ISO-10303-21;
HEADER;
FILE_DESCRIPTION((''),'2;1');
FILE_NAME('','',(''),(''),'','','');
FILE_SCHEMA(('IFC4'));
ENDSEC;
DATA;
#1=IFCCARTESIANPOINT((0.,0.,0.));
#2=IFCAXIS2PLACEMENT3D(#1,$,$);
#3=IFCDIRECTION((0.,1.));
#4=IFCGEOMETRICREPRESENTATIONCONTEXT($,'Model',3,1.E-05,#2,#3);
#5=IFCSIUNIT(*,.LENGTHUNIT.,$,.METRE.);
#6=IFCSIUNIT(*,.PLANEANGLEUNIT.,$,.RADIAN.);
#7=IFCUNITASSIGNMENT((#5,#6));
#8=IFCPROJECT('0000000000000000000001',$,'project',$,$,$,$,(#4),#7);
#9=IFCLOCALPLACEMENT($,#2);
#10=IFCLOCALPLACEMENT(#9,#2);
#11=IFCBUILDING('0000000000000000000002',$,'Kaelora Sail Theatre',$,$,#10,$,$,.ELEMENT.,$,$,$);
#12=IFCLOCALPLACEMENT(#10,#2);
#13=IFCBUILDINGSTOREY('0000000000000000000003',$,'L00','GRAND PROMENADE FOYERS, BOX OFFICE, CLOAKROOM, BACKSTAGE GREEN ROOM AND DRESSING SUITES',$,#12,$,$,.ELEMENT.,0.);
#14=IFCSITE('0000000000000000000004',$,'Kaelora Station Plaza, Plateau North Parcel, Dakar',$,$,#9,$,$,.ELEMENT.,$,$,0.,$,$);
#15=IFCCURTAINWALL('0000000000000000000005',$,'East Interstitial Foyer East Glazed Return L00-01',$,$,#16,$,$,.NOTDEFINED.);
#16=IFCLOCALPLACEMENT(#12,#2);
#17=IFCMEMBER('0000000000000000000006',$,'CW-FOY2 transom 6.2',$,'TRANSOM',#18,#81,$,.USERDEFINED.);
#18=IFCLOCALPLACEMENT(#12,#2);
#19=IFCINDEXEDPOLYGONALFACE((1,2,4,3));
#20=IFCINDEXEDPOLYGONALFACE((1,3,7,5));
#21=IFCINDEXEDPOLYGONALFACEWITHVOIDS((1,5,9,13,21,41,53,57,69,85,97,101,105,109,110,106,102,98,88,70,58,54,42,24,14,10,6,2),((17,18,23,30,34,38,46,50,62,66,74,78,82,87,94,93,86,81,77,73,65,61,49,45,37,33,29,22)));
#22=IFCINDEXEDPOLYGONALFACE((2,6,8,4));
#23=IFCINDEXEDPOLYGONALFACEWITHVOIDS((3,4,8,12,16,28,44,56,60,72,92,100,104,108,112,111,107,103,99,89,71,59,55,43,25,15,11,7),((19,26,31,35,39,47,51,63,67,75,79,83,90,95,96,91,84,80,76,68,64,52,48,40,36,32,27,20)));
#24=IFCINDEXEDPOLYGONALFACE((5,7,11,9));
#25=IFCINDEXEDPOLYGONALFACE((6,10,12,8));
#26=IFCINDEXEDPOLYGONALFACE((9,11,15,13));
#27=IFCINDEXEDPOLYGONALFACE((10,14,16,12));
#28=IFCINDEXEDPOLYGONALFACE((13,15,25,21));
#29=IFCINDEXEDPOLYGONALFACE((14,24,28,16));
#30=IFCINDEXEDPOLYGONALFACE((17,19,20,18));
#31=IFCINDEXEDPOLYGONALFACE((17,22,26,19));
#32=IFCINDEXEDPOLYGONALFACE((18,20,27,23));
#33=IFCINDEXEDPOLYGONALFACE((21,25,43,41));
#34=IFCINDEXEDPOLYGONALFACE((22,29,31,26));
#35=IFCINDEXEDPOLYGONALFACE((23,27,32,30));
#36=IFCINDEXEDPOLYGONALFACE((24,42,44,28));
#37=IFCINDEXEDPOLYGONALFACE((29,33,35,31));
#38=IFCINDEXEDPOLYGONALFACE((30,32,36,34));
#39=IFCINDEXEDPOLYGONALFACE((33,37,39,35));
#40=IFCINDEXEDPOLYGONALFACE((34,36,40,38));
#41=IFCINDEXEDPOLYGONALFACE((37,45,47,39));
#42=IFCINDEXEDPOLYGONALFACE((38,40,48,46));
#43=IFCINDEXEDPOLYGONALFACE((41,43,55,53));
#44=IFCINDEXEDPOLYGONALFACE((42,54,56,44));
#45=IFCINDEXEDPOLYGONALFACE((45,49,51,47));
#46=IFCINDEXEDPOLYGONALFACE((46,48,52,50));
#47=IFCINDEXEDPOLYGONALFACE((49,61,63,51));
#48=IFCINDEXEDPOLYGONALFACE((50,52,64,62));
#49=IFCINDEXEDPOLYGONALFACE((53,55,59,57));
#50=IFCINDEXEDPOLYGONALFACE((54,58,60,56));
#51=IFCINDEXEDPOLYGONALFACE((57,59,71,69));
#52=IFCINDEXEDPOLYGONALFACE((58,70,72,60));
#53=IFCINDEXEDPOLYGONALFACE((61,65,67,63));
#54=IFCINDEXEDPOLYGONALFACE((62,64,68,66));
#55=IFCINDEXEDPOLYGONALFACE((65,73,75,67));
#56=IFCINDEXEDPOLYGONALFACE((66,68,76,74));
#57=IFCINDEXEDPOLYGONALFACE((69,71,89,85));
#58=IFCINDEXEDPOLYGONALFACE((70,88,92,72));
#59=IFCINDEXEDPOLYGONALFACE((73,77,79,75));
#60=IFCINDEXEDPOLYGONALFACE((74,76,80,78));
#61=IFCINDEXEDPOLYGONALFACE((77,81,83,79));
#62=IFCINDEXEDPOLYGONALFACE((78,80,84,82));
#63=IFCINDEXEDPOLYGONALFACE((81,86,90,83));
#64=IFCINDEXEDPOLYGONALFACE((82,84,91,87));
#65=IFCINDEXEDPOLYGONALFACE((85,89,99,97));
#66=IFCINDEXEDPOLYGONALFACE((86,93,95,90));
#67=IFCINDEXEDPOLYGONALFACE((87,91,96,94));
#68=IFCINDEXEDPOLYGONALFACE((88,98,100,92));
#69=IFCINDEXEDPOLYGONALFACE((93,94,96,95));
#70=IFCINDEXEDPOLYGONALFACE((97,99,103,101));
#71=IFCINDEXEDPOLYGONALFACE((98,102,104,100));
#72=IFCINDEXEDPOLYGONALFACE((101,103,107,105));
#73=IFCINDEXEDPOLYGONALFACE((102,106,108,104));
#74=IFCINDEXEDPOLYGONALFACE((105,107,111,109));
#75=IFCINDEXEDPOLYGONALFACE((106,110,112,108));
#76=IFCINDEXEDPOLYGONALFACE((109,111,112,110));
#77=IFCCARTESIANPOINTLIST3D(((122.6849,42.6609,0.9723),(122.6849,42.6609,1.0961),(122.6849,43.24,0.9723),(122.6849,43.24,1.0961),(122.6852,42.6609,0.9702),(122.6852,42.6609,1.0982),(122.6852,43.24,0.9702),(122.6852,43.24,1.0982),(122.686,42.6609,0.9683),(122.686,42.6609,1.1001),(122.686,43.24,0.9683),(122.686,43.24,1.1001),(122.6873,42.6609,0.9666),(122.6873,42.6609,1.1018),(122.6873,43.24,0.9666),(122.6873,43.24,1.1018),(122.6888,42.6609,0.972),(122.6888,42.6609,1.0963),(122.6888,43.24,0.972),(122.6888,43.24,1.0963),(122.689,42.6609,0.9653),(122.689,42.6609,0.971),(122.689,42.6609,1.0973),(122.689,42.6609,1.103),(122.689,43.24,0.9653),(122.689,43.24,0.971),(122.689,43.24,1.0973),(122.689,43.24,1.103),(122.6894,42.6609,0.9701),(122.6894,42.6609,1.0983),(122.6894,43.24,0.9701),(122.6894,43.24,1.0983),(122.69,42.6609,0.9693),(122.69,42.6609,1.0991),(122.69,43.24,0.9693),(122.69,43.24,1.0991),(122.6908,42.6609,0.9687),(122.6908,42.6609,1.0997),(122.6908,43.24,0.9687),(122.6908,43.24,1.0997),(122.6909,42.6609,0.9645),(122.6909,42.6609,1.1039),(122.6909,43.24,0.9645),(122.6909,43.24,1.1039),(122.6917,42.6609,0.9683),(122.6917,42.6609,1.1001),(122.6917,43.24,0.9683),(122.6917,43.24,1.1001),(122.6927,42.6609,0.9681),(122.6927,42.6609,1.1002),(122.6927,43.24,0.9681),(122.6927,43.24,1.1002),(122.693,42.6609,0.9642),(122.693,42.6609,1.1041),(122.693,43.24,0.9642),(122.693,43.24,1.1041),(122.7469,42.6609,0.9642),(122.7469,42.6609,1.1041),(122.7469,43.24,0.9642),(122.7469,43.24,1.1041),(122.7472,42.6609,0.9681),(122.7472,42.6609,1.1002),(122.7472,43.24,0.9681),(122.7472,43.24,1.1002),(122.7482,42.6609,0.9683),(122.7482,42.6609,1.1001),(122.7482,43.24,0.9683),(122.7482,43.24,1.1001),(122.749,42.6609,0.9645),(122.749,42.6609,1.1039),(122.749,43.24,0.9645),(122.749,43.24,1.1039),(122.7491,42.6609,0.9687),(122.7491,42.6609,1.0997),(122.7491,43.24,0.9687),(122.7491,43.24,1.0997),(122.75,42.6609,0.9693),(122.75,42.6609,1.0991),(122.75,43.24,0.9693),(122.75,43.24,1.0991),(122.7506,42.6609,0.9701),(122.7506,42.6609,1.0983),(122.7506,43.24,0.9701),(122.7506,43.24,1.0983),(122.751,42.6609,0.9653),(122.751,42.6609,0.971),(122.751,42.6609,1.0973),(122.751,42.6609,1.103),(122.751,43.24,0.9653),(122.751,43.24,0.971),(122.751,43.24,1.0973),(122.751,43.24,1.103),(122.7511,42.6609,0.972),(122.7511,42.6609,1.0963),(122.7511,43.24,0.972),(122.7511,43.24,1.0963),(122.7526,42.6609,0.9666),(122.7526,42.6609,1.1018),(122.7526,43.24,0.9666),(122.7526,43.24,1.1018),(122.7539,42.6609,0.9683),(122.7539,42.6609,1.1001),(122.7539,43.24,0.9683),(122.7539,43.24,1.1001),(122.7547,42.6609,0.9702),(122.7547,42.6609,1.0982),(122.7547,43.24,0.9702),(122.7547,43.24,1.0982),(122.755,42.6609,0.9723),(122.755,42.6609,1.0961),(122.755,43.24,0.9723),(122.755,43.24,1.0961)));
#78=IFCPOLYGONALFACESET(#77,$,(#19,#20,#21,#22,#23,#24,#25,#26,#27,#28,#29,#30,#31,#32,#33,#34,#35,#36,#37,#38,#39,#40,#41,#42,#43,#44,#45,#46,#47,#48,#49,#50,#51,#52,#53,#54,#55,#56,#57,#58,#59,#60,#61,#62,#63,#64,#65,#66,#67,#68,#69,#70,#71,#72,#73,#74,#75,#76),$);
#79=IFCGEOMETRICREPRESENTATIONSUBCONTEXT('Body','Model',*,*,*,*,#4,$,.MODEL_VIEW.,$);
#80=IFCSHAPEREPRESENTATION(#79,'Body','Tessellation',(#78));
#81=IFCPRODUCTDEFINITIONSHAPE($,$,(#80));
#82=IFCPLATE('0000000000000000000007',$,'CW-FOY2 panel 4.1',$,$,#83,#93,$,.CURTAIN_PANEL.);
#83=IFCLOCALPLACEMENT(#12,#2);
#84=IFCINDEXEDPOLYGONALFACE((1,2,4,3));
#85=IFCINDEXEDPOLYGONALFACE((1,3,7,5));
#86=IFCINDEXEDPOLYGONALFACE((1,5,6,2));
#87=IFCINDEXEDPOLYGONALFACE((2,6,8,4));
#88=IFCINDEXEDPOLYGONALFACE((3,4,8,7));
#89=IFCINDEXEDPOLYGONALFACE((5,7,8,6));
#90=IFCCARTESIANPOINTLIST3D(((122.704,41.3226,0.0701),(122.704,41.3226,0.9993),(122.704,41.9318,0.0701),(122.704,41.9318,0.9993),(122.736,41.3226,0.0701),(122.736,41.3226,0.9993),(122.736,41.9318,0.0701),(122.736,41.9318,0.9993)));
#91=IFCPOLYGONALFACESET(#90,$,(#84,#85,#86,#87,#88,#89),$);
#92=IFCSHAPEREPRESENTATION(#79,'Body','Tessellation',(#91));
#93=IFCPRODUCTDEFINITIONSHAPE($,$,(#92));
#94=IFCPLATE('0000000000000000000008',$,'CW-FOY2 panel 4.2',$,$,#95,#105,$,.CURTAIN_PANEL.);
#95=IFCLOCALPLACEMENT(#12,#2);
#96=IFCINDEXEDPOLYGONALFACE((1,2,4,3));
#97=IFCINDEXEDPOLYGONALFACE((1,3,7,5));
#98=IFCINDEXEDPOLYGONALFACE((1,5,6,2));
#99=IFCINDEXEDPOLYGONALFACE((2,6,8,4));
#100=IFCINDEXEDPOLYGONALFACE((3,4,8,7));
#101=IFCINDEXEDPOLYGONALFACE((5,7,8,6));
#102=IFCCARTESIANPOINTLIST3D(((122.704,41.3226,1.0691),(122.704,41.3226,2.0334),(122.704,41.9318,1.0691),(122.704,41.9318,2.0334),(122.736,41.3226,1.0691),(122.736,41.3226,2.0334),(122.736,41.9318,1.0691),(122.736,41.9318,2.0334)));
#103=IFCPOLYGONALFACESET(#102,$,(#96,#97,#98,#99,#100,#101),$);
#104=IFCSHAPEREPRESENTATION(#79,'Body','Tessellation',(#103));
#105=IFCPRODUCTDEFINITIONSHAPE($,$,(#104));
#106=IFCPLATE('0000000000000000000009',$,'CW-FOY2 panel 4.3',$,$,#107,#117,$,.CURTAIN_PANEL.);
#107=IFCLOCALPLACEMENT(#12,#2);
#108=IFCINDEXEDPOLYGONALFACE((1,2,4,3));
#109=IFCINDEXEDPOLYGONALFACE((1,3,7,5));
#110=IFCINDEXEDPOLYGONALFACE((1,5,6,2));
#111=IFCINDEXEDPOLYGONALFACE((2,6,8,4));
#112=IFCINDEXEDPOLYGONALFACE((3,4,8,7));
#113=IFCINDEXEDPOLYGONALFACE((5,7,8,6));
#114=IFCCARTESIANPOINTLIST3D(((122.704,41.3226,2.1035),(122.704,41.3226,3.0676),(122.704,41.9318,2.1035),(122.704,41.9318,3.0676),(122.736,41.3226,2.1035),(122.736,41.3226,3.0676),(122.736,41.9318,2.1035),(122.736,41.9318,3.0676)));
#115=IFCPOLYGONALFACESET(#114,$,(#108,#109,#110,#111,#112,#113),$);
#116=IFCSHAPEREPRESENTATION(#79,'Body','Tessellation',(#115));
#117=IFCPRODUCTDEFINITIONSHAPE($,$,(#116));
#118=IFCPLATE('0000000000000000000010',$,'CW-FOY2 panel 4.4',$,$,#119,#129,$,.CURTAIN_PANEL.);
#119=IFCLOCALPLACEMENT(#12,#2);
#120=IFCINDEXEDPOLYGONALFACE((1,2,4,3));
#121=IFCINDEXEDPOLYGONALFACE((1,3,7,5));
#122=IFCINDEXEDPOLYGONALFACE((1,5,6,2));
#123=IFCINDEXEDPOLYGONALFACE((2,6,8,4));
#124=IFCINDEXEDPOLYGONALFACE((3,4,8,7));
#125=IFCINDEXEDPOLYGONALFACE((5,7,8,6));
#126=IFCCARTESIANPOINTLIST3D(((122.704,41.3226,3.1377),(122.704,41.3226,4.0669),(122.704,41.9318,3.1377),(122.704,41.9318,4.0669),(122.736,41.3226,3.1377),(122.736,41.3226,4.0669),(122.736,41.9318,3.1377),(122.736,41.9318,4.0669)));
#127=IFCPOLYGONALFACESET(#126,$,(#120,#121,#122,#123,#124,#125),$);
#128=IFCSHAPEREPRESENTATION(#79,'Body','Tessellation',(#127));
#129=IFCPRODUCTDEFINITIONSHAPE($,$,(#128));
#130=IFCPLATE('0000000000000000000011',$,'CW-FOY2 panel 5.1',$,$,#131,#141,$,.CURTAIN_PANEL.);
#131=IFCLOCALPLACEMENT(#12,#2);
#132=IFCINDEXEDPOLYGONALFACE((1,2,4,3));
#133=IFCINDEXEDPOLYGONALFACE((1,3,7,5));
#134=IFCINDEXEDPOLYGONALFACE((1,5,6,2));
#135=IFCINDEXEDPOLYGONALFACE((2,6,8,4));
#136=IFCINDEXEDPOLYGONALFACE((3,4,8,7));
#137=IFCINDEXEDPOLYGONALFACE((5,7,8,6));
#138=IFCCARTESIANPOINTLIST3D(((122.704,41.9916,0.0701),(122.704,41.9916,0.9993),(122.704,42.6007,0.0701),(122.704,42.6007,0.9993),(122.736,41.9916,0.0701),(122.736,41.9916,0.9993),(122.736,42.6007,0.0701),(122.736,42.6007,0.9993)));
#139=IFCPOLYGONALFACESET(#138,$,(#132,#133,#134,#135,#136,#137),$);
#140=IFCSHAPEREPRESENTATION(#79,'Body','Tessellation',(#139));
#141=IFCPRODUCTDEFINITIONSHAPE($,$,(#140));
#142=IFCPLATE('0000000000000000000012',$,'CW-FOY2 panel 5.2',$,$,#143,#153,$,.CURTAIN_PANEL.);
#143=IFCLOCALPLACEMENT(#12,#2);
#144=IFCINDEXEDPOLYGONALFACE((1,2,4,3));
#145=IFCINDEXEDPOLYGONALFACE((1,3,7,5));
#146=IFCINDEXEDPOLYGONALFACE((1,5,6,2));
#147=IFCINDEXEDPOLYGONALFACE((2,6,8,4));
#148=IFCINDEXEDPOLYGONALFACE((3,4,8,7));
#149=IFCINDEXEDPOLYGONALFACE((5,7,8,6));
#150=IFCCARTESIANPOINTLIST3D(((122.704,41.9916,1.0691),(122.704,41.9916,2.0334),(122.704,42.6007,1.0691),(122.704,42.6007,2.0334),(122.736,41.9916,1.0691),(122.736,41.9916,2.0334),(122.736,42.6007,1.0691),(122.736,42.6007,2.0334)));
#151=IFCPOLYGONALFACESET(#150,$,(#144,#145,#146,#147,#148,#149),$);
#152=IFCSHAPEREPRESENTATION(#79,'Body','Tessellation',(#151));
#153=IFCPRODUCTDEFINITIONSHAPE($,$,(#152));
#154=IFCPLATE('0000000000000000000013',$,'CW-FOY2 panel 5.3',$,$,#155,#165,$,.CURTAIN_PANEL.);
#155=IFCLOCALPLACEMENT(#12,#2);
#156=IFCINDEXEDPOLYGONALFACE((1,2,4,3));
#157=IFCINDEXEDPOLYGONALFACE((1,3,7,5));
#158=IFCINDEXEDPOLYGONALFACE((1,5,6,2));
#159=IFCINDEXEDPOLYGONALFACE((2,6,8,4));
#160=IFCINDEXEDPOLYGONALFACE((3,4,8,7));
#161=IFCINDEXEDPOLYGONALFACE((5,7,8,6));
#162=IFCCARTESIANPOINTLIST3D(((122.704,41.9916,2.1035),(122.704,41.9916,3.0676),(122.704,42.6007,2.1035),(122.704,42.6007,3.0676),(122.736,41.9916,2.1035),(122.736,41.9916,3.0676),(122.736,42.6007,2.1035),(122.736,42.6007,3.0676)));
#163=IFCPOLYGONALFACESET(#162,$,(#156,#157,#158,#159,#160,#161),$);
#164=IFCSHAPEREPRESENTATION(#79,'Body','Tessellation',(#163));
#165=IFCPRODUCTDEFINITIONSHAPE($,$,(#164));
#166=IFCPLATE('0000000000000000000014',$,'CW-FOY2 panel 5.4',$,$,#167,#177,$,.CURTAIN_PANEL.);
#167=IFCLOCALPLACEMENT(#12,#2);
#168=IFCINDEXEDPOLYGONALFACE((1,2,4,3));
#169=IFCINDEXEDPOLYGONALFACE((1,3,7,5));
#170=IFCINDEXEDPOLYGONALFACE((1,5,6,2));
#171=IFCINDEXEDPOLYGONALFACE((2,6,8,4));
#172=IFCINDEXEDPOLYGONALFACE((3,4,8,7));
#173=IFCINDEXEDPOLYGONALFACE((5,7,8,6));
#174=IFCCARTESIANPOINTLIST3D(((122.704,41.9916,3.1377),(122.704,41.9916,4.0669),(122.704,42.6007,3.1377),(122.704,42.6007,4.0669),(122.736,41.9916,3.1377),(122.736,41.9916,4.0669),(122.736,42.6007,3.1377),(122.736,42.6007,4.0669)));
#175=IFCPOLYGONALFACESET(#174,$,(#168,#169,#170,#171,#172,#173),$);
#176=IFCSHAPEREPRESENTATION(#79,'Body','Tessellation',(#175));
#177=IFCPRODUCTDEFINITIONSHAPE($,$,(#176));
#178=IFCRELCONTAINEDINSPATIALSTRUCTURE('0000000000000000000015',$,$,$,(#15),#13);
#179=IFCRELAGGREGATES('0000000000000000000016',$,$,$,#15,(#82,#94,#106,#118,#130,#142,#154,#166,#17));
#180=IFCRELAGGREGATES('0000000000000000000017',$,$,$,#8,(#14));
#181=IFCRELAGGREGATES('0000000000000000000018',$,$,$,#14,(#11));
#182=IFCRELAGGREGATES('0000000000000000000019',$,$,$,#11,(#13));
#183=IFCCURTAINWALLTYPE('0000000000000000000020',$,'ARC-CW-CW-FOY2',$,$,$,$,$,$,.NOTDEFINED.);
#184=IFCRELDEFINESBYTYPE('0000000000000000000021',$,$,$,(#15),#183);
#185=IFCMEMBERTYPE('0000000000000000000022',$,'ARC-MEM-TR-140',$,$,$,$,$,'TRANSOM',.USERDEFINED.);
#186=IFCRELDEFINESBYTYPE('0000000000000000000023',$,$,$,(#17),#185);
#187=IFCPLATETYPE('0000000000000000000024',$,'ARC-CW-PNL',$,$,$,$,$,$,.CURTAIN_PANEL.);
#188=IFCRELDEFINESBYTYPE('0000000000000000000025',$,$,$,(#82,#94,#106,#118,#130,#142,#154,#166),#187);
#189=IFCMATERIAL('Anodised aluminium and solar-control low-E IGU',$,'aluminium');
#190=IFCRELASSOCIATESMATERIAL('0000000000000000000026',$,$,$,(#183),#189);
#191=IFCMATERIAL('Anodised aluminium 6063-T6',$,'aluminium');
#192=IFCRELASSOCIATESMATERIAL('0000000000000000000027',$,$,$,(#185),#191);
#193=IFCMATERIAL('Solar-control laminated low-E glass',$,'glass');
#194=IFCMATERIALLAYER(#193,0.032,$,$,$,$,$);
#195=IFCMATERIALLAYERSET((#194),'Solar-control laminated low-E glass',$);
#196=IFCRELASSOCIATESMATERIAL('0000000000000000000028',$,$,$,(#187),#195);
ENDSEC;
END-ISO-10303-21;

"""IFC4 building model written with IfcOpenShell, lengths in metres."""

from ifc_helpers import new_model, si_unit, direction, frame, origin, origin_2d, place, context, subcontext, project, spatial, rectangle, hollow_rectangle, extrude, material, layer, layer_set, material_profile, profile_set, type_object, element, aggregate, save


model = new_model("IFC4")

# Units and contexts
model_context = context("Model", 3, precision=1e-05, world=origin(), true_north=direction((0.0, 1.0)))
body_context = subcontext(model_context, "Body", "Model", "MODEL_VIEW")
ifc_project = project(units=[si_unit("LENGTHUNIT", "METRE"), si_unit("PLANEANGLEUNIT", "RADIAN")], contexts=[model_context])

# Site, building, storey
site_placement = place(None, origin())
site = spatial("IfcSite", under=ifc_project, at=site_placement, Name="Kaelora Station Plaza, Plateau North Parcel, Dakar", CompositionType="ELEMENT", RefElevation=0.0)
building_placement = place(site_placement, origin())
building = spatial("IfcBuilding", under=site, at=building_placement, Name="Kaelora Sail Theatre", CompositionType="ELEMENT")
storey_placement = place(building_placement, origin())
storey = spatial("IfcBuildingStorey", under=building, at=storey_placement, Name="L00", Description="GRAND PROMENADE FOYERS, BOX OFFICE, CLOAKROOM, BACKSTAGE GREEN ROOM AND DRESSING SUITES", CompositionType="ELEMENT", Elevation=0.0)

# Curtain wall
ifc_material_1 = material(Name="Anodised aluminium and solar-control low-E IGU", Category="aluminium")
curtain_wall_type = type_object("IfcCurtainWallType", Name="ARC-CW-CW-FOY2", PredefinedType="NOTDEFINED", material=ifc_material_1)
curtain_wall_placement = place(storey_placement, origin())
curtain_wall = element("IfcCurtainWall", 1, at=curtain_wall_placement, inside=storey, type_object=curtain_wall_type, Name="East Interstitial Foyer East Glazed Return L00-01", PredefinedType="NOTDEFINED")

# Member
ifc_material_2 = material(Name="Anodised aluminium 6063-T6", Category="aluminium")
ifc_material_profile_1 = material_profile(ifc_material_2, hollow_rectangle(XDim=0.0701, YDim=0.1399, WallThickness=0.0039, InnerFilletRadius=0.0039, OuterFilletRadius=0.0081, at=origin_2d()), Name="ALU-TRAN 70x140x4")
ifc_profile_set_1 = profile_set([ifc_material_profile_1], Name="Anodised aluminium 6063-T6")
member_type_1 = type_object("IfcMemberType", Name="ARC-MEM-TR-140", ElementType="TRANSOM", PredefinedType="USERDEFINED", material=ifc_profile_set_1)
member_1_placement = place(storey_placement, frame((122.72, 42.6609, 1.0342), z_axis=(0.0, 1.0, 0.0), x_axis=(-1.0, 0.0, 0.0)))
member_1 = element("IfcMember", 2, at=member_1_placement, type_object=member_type_1, Name="CW-FOY2 transom 6.2", ObjectType="TRANSOM", PredefinedType="USERDEFINED", context=body_context, shape_type="SweptSolid", body=[
    extrude(hollow_rectangle(XDim=0.0701, YDim=0.1399, WallThickness=0.0039, InnerFilletRadius=0.0039, OuterFilletRadius=0.0081, at=origin_2d()), origin(), (0.0, 0.0, 1.0), 0.5791),
])

# Plates
ifc_material_3 = material(Name="Solar-control laminated low-E glass", Category="glass")
ifc_layer = layer(ifc_material_3, 0.032)
ifc_layer_set = layer_set([ifc_layer], Name="Solar-control laminated low-E glass")
plate_type = type_object("IfcPlateType", Name="ARC-CW-PNL", PredefinedType="CURTAIN_PANEL", material=ifc_layer_set)
plate_1_placement = place(storey_placement, frame((122.72, 41.6272, 0.0701), z_axis=(0.0, 0.0, 1.0), x_axis=(0.0, 1.0, 0.0)))
plate_1 = element("IfcPlate", 3, at=plate_1_placement, type_object=plate_type, Name="CW-FOY2 panel 4.1", PredefinedType="CURTAIN_PANEL", context=body_context, shape_type="SweptSolid", body=[
    extrude(rectangle(XDim=0.6091, YDim=0.032, at=origin_2d()), origin(), (0.0, 0.0, 1.0), 0.9292),
])
plate_2_placement = place(storey_placement, frame((122.72, 41.6272, 1.0691), z_axis=(0.0, 0.0, 1.0), x_axis=(0.0, 1.0, 0.0)))
plate_2 = element("IfcPlate", 4, at=plate_2_placement, type_object=plate_type, Name="CW-FOY2 panel 4.2", PredefinedType="CURTAIN_PANEL", context=body_context, shape_type="SweptSolid", body=[
    extrude(rectangle(XDim=0.6091, YDim=0.032, at=origin_2d()), origin(), (0.0, 0.0, 1.0), 0.9644),
])
plate_3_placement = place(storey_placement, frame((122.72, 41.6272, 2.1035), z_axis=(0.0, 0.0, 1.0), x_axis=(0.0, 1.0, 0.0)))
plate_3 = element("IfcPlate", 5, at=plate_3_placement, type_object=plate_type, Name="CW-FOY2 panel 4.3", PredefinedType="CURTAIN_PANEL", context=body_context, shape_type="SweptSolid", body=[
    extrude(rectangle(XDim=0.6091, YDim=0.032, at=origin_2d()), origin(), (0.0, 0.0, 1.0), 0.9641),
])
plate_4_placement = place(storey_placement, frame((122.72, 41.6272, 3.1377), z_axis=(0.0, 0.0, 1.0), x_axis=(0.0, 1.0, 0.0)))
plate_4 = element("IfcPlate", 6, at=plate_4_placement, type_object=plate_type, Name="CW-FOY2 panel 4.4", PredefinedType="CURTAIN_PANEL", context=body_context, shape_type="SweptSolid", body=[
    extrude(rectangle(XDim=0.6091, YDim=0.032, at=origin_2d()), origin(), (0.0, 0.0, 1.0), 0.9292),
])
plate_5_placement = place(storey_placement, frame((122.72, 42.2961, 0.0701), z_axis=(0.0, 0.0, 1.0), x_axis=(0.0, 1.0, 0.0)))
plate_5 = element("IfcPlate", 7, at=plate_5_placement, type_object=plate_type, Name="CW-FOY2 panel 5.1", PredefinedType="CURTAIN_PANEL", context=body_context, shape_type="SweptSolid", body=[
    extrude(rectangle(XDim=0.6091, YDim=0.032, at=origin_2d()), origin(), (0.0, 0.0, 1.0), 0.9292),
])
plate_6_placement = place(storey_placement, frame((122.72, 42.2961, 1.0691), z_axis=(0.0, 0.0, 1.0), x_axis=(0.0, 1.0, 0.0)))
plate_6 = element("IfcPlate", 8, at=plate_6_placement, type_object=plate_type, Name="CW-FOY2 panel 5.2", PredefinedType="CURTAIN_PANEL", context=body_context, shape_type="SweptSolid", body=[
    extrude(rectangle(XDim=0.6091, YDim=0.032, at=origin_2d()), origin(), (0.0, 0.0, 1.0), 0.9644),
])
plate_7_placement = place(storey_placement, frame((122.72, 42.2961, 2.1035), z_axis=(0.0, 0.0, 1.0), x_axis=(0.0, 1.0, 0.0)))
plate_7 = element("IfcPlate", 9, at=plate_7_placement, type_object=plate_type, Name="CW-FOY2 panel 5.3", PredefinedType="CURTAIN_PANEL", context=body_context, shape_type="SweptSolid", body=[
    extrude(rectangle(XDim=0.6091, YDim=0.032, at=origin_2d()), origin(), (0.0, 0.0, 1.0), 0.9641),
])
plate_8_placement = place(storey_placement, frame((122.72, 42.2961, 3.1377), z_axis=(0.0, 0.0, 1.0), x_axis=(0.0, 1.0, 0.0)))
plate_8 = element("IfcPlate", 10, at=plate_8_placement, type_object=plate_type, Name="CW-FOY2 panel 5.4", PredefinedType="CURTAIN_PANEL", context=body_context, shape_type="SweptSolid", body=[
    extrude(rectangle(XDim=0.6091, YDim=0.032, at=origin_2d()), origin(), (0.0, 0.0, 1.0), 0.9292),
])
aggregate(curtain_wall, [plate_1, plate_2, plate_3, plate_4, plate_5, plate_6, plate_7, plate_8, member_1])

save(model, "model.ifc")
